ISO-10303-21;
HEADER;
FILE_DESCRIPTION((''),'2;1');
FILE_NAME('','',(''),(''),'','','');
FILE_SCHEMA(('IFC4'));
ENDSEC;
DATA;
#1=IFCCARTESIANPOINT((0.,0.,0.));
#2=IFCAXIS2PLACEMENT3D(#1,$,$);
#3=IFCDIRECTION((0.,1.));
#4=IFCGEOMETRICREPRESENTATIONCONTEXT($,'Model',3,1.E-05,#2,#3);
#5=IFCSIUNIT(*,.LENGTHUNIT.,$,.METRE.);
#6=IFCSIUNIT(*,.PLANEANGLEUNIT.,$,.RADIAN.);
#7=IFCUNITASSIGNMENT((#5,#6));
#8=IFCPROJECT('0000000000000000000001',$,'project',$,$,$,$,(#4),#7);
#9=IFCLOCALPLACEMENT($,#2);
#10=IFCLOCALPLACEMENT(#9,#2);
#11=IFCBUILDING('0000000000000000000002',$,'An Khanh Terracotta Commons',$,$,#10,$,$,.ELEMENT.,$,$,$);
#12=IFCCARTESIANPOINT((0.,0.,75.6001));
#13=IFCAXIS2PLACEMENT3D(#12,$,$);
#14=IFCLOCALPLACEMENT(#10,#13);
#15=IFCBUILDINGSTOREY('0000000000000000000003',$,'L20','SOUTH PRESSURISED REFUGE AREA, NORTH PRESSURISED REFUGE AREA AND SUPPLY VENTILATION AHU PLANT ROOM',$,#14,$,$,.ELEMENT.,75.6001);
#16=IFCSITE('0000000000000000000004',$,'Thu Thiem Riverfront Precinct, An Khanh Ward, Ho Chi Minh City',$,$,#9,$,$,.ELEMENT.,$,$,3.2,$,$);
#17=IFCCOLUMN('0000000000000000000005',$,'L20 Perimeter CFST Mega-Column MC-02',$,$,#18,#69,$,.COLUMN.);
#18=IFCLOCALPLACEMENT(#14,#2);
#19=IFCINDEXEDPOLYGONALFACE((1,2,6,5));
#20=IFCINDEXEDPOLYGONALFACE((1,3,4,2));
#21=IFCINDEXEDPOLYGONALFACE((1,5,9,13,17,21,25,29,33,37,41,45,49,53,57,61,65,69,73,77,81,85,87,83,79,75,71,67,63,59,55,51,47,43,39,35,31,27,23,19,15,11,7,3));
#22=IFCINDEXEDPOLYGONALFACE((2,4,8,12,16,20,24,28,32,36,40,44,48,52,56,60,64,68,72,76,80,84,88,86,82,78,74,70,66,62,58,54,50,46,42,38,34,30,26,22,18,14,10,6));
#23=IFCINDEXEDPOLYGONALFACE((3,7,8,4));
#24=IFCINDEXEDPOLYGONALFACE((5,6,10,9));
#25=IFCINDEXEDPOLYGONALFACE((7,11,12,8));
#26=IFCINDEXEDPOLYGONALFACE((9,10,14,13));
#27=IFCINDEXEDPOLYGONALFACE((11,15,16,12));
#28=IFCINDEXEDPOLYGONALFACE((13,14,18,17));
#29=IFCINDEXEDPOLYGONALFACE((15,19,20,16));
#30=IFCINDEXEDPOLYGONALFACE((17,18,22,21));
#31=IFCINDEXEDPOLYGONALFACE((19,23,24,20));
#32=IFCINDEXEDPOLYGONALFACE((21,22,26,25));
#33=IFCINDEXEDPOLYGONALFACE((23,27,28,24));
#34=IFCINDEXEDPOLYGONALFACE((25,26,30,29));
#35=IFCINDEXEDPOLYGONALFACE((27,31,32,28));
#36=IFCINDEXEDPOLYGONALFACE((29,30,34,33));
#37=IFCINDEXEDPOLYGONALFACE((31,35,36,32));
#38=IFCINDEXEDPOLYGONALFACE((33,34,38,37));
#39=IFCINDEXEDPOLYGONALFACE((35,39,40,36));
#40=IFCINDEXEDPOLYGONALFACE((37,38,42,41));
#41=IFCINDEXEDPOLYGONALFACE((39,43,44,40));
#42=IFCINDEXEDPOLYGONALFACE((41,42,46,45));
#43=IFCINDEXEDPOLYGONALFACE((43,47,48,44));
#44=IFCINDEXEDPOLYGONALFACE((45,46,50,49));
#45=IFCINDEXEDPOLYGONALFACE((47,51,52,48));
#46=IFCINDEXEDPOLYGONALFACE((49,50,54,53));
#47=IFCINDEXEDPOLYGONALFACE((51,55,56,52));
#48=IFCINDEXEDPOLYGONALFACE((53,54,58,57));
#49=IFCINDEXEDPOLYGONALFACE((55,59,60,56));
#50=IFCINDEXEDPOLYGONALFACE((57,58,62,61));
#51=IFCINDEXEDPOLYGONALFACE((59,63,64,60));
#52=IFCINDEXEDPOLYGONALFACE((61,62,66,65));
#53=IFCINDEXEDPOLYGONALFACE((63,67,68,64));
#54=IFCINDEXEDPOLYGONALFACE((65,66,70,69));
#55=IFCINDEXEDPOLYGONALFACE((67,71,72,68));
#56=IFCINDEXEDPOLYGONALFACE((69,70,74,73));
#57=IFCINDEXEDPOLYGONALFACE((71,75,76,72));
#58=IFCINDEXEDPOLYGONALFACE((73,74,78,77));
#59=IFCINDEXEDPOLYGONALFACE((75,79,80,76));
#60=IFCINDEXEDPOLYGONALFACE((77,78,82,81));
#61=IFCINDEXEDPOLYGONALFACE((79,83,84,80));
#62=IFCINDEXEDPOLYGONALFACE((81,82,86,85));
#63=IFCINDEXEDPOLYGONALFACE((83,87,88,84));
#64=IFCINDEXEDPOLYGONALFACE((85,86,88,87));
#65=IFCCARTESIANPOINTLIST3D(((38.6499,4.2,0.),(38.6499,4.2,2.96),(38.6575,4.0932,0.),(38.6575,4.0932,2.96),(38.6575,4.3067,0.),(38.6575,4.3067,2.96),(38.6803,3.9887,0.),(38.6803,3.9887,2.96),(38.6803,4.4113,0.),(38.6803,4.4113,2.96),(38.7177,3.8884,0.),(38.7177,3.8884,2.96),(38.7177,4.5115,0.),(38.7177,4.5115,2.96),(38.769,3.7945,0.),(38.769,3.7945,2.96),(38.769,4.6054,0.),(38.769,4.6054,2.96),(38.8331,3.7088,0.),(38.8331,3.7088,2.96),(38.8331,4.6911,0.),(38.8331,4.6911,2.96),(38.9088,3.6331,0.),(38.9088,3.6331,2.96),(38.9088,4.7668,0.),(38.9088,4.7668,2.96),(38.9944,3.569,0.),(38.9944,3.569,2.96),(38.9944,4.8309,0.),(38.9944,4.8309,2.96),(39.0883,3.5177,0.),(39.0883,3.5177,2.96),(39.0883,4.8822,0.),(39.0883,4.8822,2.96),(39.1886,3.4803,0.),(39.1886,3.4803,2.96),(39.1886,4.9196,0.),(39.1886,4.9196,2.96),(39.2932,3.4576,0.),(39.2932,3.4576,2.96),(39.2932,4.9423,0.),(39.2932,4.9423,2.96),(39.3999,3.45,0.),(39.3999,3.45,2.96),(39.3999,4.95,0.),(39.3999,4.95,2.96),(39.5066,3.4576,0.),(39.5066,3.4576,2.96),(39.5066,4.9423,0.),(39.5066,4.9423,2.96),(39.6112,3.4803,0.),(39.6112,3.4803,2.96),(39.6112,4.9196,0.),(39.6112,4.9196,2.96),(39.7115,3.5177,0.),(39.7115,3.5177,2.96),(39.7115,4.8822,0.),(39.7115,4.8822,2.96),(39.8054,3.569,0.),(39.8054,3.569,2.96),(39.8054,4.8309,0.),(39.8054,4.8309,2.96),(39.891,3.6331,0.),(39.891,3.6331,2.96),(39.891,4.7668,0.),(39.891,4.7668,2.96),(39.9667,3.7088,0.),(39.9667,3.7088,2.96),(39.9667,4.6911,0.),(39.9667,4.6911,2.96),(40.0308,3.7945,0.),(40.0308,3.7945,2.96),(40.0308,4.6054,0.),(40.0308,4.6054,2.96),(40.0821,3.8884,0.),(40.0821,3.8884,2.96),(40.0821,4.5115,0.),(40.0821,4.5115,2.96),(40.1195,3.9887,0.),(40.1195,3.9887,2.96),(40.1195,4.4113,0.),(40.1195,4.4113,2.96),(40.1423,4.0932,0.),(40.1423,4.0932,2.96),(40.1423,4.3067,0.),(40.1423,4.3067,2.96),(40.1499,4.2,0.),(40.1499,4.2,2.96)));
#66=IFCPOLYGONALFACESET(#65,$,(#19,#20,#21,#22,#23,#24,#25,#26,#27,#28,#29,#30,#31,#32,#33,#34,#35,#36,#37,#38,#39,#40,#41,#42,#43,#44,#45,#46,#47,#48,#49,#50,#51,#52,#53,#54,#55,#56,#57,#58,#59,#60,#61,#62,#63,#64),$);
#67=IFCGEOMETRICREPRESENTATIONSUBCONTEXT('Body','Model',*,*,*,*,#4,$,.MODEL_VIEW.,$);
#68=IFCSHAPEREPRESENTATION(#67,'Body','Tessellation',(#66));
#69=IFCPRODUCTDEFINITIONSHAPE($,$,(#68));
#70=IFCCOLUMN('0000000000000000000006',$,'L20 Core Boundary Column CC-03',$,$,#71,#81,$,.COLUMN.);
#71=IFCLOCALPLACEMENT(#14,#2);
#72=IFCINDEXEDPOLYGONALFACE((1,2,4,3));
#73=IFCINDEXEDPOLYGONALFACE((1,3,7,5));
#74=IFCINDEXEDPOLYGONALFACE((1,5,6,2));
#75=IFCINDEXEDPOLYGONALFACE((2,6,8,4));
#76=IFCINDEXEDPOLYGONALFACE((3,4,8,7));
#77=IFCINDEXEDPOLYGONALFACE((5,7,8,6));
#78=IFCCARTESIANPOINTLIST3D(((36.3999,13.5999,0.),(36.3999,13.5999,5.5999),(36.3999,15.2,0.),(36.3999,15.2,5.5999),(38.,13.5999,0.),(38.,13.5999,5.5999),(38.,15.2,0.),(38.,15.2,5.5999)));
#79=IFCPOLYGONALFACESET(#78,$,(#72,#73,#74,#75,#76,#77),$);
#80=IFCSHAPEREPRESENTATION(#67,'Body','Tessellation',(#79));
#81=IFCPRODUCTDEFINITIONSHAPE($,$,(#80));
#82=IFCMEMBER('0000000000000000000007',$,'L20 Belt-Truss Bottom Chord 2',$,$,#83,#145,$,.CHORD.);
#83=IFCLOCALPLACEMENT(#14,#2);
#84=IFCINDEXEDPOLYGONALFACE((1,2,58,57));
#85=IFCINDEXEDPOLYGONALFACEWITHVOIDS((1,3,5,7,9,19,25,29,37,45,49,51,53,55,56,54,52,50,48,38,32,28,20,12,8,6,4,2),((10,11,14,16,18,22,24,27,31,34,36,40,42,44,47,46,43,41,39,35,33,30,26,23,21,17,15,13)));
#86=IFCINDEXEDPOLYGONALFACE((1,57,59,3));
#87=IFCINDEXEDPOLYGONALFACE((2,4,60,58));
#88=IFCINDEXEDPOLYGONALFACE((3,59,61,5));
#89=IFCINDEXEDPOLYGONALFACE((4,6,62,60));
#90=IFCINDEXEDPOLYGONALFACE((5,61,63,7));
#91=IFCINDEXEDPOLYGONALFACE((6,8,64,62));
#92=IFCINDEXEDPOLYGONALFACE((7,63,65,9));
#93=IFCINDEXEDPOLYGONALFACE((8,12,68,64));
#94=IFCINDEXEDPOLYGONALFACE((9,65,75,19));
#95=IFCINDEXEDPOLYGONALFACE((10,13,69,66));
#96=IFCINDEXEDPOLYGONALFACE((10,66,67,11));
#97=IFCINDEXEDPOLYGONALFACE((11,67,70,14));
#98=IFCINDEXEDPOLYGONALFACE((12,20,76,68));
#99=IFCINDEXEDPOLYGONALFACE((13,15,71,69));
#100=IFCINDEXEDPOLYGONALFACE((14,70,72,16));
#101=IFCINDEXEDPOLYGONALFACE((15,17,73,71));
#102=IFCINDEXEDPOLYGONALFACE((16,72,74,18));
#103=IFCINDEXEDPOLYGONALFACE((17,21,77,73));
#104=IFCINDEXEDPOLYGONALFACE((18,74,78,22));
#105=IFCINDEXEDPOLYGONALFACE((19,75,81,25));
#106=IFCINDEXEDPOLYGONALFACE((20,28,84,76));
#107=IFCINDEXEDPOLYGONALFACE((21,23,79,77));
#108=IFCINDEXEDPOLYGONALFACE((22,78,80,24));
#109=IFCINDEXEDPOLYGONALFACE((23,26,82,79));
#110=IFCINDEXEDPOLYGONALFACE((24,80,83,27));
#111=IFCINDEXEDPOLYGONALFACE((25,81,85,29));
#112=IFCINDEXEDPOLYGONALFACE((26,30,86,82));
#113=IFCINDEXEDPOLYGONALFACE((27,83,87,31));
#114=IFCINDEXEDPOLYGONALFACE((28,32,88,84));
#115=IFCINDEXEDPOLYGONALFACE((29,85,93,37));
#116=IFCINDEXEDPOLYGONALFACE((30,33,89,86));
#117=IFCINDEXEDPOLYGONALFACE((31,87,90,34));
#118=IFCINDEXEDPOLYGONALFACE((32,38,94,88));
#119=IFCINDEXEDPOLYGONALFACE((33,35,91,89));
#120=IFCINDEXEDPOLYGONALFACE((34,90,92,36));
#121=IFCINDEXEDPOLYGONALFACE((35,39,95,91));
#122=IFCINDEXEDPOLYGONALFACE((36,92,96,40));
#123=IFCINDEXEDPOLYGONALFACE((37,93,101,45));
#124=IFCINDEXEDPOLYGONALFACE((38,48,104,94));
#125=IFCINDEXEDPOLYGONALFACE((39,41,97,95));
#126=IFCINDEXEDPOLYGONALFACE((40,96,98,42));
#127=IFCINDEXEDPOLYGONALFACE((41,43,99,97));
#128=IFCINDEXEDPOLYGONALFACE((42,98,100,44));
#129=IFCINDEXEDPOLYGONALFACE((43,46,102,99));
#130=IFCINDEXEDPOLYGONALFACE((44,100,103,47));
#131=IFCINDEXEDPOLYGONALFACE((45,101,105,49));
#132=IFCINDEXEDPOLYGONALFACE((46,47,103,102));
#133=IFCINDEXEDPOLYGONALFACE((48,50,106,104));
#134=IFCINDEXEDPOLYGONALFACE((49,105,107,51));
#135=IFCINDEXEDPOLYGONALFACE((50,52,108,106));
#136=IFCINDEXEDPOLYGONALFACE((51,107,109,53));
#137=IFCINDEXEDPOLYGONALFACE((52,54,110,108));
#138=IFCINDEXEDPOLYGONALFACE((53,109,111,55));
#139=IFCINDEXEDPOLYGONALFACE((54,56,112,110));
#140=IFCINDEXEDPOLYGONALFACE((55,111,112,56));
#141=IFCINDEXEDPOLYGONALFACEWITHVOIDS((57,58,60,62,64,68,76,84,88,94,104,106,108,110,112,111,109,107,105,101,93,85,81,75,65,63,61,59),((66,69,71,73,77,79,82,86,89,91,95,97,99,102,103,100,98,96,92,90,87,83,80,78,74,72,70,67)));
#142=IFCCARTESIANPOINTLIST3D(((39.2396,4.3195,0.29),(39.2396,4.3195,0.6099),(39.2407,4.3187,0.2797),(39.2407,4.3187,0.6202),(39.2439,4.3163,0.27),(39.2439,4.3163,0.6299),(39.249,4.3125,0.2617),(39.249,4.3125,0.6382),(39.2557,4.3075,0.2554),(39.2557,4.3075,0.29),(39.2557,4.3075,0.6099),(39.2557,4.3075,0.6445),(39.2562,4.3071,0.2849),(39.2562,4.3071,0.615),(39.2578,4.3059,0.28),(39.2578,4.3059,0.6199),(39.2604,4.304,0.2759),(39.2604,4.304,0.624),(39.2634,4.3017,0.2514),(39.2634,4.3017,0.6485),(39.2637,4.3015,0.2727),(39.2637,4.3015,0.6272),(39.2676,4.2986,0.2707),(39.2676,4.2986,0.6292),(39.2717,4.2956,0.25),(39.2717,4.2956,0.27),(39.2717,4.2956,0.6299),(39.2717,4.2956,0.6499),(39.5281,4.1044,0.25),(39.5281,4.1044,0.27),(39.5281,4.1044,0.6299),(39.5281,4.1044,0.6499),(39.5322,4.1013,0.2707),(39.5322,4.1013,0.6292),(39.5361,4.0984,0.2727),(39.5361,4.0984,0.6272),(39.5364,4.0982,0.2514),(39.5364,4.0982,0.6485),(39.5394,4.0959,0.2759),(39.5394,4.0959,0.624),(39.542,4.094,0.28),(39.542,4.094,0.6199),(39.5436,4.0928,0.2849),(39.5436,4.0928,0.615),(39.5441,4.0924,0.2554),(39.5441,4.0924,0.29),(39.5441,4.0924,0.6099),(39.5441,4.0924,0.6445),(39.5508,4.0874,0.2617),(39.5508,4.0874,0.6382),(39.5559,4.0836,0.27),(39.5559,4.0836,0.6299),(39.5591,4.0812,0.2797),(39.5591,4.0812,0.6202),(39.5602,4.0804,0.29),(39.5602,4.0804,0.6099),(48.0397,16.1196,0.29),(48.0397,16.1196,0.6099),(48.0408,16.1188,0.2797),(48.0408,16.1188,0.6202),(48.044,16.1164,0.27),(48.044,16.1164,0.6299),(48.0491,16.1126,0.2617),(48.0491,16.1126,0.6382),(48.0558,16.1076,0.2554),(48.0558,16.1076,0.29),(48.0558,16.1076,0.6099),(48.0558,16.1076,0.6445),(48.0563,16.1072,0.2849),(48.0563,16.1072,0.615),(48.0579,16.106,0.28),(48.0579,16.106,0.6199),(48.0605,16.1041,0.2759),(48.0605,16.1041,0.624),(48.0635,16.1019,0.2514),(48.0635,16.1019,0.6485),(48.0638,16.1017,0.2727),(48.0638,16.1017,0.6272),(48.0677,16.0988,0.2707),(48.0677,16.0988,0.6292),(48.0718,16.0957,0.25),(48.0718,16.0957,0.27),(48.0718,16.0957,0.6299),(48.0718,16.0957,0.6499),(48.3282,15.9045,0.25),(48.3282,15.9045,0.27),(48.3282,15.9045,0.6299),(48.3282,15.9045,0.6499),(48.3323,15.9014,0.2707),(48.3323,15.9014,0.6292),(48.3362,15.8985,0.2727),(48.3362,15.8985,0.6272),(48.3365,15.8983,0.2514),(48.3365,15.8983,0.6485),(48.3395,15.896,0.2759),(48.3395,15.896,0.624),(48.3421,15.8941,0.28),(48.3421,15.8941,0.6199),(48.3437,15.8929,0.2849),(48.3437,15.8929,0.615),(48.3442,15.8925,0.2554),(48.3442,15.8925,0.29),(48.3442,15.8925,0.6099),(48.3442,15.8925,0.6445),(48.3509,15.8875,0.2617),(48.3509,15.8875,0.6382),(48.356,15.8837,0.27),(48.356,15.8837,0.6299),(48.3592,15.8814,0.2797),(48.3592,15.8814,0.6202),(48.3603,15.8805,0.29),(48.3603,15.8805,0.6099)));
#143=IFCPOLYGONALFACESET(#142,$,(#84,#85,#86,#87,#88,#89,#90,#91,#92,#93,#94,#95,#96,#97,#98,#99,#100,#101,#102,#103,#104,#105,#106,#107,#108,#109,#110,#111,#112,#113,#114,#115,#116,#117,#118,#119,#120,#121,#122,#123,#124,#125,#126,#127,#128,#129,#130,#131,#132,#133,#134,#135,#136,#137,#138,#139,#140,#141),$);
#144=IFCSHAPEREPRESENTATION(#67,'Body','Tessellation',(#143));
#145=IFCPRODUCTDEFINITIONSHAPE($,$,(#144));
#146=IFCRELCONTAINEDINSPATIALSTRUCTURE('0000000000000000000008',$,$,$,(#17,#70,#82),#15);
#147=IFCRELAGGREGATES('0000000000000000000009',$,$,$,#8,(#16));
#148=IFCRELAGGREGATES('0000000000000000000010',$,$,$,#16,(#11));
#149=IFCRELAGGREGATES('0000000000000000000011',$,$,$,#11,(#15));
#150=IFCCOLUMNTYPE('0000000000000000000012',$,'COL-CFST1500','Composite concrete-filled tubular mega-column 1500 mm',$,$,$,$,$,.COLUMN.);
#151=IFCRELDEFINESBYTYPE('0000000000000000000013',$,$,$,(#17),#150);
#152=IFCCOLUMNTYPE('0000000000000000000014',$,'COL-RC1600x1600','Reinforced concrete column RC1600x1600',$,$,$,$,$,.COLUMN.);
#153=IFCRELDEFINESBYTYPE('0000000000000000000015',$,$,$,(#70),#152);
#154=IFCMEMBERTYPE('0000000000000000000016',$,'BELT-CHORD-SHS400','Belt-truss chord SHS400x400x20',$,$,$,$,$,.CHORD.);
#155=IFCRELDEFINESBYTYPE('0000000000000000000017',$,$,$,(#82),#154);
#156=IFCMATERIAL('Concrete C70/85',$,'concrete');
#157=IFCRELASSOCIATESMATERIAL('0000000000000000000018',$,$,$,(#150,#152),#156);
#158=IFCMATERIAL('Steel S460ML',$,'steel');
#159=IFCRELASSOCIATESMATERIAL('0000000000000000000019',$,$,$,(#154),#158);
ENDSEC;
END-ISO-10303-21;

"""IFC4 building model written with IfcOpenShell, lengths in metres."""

from ifc_helpers import new_model, si_unit, direction, frame, origin, origin_2d, place, context, subcontext, project, spatial, rectangle, hollow_rectangle, circle, extrude, material, material_profile, profile_set, type_object, element, save


model = new_model("IFC4")

# Units and contexts
model_context = context("Model", 3, precision=1e-05, world=origin(), true_north=direction((0.0, 1.0)))
body_context = subcontext(model_context, "Body", "Model", "MODEL_VIEW")
ifc_project = project(units=[si_unit("LENGTHUNIT", "METRE"), si_unit("PLANEANGLEUNIT", "RADIAN")], contexts=[model_context])

# Site, building, storey
site_placement = place(None, origin())
site = spatial("IfcSite", under=ifc_project, at=site_placement, Name="Thu Thiem Riverfront Precinct, An Khanh Ward, Ho Chi Minh City", CompositionType="ELEMENT", RefElevation=3.2)
building_placement = place(site_placement, origin())
building = spatial("IfcBuilding", under=site, at=building_placement, Name="An Khanh Terracotta Commons", CompositionType="ELEMENT")
storey_placement = place(building_placement, frame((0.0, 0.0, 75.6001)))
storey = spatial("IfcBuildingStorey", under=building, at=storey_placement, Name="L20", Description="SOUTH PRESSURISED REFUGE AREA, NORTH PRESSURISED REFUGE AREA AND SUPPLY VENTILATION AHU PLANT ROOM", CompositionType="ELEMENT", Elevation=75.6001)

# Columns
ifc_material_1 = material(Name="Concrete C70/85", Category="concrete")
ifc_material_profile_1 = material_profile(ifc_material_1, circle(Radius=0.75, at=origin_2d()), Name="CFST1500")
ifc_profile_set_1 = profile_set([ifc_material_profile_1], Name="Concrete C70/85")
column_type_1 = type_object("IfcColumnType", Name="COL-CFST1500", Description="Composite concrete-filled tubular mega-column 1500 mm", PredefinedType="COLUMN", material=ifc_profile_set_1)
column_1_placement = place(storey_placement, frame((39.3999, 4.2, 0.0), z_axis=(0.0, 0.0, 1.0), x_axis=(1.0, 0.0, 0.0)))
element("IfcColumn", 1, at=column_1_placement, inside=storey, type_object=column_type_1, Name="L20 Perimeter CFST Mega-Column MC-02", PredefinedType="COLUMN", context=body_context, shape_type="SweptSolid", body=[
    extrude(circle(Radius=0.75, at=origin_2d()), origin(), (0.0, 0.0, 1.0), 2.96),
])
ifc_material_profile_2 = material_profile(ifc_material_1, rectangle(XDim=1.6001, YDim=1.6001, at=origin_2d()), Name="RC1600x1600")
ifc_profile_set_2 = profile_set([ifc_material_profile_2], Name="Concrete C70/85")
column_type_2 = type_object("IfcColumnType", Name="COL-RC1600x1600", Description="Reinforced concrete column RC1600x1600", PredefinedType="COLUMN", material=ifc_profile_set_2)
column_2_placement = place(storey_placement, frame((37.2, 14.3999, 0.0), z_axis=(0.0, 0.0, 1.0), x_axis=(1.0, 0.0, 0.0)))
element("IfcColumn", 2, at=column_2_placement, inside=storey, type_object=column_type_2, Name="L20 Core Boundary Column CC-03", PredefinedType="COLUMN", context=body_context, shape_type="SweptSolid", body=[
    extrude(rectangle(XDim=1.6001, YDim=1.6001, at=origin_2d()), origin(), (0.0, 0.0, 1.0), 5.5999),
])

# Member
ifc_material_2 = material(Name="Steel S460ML", Category="steel")
ifc_material_profile_3 = material_profile(ifc_material_2, hollow_rectangle(XDim=0.3999, YDim=0.3999, WallThickness=0.02, InnerFilletRadius=0.02, OuterFilletRadius=0.04, at=origin_2d()), Name="SHS400x400x20")
ifc_profile_set_3 = profile_set([ifc_material_profile_3], Name="Steel S460ML")
member_type_1 = type_object("IfcMemberType", Name="BELT-CHORD-SHS400", Description="Belt-truss chord SHS400x400x20", PredefinedType="CHORD", material=ifc_profile_set_3)
for number, where, z_axis, x_axis, name in (
    (3, (39.3999, 4.2, 0.45), (0.597824, 0.801627, 0.0), (-0.801627, 0.597824, 0.0), "L20 Belt-Truss Bottom Chord 2"),
):
    element("IfcMember", number, at=place(storey_placement, frame(where, z_axis=z_axis, x_axis=x_axis)), inside=storey, type_object=member_type_1, Name=name, PredefinedType="CHORD", context=body_context, shape_type="SweptSolid", body=[
        extrude(hollow_rectangle(XDim=0.3999, YDim=0.3999, WallThickness=0.02, InnerFilletRadius=0.02, OuterFilletRadius=0.04, at=origin_2d()), origin(), (0.0, 0.0, 1.0), 14.7202),
    ])

save(model, "model.ifc")
